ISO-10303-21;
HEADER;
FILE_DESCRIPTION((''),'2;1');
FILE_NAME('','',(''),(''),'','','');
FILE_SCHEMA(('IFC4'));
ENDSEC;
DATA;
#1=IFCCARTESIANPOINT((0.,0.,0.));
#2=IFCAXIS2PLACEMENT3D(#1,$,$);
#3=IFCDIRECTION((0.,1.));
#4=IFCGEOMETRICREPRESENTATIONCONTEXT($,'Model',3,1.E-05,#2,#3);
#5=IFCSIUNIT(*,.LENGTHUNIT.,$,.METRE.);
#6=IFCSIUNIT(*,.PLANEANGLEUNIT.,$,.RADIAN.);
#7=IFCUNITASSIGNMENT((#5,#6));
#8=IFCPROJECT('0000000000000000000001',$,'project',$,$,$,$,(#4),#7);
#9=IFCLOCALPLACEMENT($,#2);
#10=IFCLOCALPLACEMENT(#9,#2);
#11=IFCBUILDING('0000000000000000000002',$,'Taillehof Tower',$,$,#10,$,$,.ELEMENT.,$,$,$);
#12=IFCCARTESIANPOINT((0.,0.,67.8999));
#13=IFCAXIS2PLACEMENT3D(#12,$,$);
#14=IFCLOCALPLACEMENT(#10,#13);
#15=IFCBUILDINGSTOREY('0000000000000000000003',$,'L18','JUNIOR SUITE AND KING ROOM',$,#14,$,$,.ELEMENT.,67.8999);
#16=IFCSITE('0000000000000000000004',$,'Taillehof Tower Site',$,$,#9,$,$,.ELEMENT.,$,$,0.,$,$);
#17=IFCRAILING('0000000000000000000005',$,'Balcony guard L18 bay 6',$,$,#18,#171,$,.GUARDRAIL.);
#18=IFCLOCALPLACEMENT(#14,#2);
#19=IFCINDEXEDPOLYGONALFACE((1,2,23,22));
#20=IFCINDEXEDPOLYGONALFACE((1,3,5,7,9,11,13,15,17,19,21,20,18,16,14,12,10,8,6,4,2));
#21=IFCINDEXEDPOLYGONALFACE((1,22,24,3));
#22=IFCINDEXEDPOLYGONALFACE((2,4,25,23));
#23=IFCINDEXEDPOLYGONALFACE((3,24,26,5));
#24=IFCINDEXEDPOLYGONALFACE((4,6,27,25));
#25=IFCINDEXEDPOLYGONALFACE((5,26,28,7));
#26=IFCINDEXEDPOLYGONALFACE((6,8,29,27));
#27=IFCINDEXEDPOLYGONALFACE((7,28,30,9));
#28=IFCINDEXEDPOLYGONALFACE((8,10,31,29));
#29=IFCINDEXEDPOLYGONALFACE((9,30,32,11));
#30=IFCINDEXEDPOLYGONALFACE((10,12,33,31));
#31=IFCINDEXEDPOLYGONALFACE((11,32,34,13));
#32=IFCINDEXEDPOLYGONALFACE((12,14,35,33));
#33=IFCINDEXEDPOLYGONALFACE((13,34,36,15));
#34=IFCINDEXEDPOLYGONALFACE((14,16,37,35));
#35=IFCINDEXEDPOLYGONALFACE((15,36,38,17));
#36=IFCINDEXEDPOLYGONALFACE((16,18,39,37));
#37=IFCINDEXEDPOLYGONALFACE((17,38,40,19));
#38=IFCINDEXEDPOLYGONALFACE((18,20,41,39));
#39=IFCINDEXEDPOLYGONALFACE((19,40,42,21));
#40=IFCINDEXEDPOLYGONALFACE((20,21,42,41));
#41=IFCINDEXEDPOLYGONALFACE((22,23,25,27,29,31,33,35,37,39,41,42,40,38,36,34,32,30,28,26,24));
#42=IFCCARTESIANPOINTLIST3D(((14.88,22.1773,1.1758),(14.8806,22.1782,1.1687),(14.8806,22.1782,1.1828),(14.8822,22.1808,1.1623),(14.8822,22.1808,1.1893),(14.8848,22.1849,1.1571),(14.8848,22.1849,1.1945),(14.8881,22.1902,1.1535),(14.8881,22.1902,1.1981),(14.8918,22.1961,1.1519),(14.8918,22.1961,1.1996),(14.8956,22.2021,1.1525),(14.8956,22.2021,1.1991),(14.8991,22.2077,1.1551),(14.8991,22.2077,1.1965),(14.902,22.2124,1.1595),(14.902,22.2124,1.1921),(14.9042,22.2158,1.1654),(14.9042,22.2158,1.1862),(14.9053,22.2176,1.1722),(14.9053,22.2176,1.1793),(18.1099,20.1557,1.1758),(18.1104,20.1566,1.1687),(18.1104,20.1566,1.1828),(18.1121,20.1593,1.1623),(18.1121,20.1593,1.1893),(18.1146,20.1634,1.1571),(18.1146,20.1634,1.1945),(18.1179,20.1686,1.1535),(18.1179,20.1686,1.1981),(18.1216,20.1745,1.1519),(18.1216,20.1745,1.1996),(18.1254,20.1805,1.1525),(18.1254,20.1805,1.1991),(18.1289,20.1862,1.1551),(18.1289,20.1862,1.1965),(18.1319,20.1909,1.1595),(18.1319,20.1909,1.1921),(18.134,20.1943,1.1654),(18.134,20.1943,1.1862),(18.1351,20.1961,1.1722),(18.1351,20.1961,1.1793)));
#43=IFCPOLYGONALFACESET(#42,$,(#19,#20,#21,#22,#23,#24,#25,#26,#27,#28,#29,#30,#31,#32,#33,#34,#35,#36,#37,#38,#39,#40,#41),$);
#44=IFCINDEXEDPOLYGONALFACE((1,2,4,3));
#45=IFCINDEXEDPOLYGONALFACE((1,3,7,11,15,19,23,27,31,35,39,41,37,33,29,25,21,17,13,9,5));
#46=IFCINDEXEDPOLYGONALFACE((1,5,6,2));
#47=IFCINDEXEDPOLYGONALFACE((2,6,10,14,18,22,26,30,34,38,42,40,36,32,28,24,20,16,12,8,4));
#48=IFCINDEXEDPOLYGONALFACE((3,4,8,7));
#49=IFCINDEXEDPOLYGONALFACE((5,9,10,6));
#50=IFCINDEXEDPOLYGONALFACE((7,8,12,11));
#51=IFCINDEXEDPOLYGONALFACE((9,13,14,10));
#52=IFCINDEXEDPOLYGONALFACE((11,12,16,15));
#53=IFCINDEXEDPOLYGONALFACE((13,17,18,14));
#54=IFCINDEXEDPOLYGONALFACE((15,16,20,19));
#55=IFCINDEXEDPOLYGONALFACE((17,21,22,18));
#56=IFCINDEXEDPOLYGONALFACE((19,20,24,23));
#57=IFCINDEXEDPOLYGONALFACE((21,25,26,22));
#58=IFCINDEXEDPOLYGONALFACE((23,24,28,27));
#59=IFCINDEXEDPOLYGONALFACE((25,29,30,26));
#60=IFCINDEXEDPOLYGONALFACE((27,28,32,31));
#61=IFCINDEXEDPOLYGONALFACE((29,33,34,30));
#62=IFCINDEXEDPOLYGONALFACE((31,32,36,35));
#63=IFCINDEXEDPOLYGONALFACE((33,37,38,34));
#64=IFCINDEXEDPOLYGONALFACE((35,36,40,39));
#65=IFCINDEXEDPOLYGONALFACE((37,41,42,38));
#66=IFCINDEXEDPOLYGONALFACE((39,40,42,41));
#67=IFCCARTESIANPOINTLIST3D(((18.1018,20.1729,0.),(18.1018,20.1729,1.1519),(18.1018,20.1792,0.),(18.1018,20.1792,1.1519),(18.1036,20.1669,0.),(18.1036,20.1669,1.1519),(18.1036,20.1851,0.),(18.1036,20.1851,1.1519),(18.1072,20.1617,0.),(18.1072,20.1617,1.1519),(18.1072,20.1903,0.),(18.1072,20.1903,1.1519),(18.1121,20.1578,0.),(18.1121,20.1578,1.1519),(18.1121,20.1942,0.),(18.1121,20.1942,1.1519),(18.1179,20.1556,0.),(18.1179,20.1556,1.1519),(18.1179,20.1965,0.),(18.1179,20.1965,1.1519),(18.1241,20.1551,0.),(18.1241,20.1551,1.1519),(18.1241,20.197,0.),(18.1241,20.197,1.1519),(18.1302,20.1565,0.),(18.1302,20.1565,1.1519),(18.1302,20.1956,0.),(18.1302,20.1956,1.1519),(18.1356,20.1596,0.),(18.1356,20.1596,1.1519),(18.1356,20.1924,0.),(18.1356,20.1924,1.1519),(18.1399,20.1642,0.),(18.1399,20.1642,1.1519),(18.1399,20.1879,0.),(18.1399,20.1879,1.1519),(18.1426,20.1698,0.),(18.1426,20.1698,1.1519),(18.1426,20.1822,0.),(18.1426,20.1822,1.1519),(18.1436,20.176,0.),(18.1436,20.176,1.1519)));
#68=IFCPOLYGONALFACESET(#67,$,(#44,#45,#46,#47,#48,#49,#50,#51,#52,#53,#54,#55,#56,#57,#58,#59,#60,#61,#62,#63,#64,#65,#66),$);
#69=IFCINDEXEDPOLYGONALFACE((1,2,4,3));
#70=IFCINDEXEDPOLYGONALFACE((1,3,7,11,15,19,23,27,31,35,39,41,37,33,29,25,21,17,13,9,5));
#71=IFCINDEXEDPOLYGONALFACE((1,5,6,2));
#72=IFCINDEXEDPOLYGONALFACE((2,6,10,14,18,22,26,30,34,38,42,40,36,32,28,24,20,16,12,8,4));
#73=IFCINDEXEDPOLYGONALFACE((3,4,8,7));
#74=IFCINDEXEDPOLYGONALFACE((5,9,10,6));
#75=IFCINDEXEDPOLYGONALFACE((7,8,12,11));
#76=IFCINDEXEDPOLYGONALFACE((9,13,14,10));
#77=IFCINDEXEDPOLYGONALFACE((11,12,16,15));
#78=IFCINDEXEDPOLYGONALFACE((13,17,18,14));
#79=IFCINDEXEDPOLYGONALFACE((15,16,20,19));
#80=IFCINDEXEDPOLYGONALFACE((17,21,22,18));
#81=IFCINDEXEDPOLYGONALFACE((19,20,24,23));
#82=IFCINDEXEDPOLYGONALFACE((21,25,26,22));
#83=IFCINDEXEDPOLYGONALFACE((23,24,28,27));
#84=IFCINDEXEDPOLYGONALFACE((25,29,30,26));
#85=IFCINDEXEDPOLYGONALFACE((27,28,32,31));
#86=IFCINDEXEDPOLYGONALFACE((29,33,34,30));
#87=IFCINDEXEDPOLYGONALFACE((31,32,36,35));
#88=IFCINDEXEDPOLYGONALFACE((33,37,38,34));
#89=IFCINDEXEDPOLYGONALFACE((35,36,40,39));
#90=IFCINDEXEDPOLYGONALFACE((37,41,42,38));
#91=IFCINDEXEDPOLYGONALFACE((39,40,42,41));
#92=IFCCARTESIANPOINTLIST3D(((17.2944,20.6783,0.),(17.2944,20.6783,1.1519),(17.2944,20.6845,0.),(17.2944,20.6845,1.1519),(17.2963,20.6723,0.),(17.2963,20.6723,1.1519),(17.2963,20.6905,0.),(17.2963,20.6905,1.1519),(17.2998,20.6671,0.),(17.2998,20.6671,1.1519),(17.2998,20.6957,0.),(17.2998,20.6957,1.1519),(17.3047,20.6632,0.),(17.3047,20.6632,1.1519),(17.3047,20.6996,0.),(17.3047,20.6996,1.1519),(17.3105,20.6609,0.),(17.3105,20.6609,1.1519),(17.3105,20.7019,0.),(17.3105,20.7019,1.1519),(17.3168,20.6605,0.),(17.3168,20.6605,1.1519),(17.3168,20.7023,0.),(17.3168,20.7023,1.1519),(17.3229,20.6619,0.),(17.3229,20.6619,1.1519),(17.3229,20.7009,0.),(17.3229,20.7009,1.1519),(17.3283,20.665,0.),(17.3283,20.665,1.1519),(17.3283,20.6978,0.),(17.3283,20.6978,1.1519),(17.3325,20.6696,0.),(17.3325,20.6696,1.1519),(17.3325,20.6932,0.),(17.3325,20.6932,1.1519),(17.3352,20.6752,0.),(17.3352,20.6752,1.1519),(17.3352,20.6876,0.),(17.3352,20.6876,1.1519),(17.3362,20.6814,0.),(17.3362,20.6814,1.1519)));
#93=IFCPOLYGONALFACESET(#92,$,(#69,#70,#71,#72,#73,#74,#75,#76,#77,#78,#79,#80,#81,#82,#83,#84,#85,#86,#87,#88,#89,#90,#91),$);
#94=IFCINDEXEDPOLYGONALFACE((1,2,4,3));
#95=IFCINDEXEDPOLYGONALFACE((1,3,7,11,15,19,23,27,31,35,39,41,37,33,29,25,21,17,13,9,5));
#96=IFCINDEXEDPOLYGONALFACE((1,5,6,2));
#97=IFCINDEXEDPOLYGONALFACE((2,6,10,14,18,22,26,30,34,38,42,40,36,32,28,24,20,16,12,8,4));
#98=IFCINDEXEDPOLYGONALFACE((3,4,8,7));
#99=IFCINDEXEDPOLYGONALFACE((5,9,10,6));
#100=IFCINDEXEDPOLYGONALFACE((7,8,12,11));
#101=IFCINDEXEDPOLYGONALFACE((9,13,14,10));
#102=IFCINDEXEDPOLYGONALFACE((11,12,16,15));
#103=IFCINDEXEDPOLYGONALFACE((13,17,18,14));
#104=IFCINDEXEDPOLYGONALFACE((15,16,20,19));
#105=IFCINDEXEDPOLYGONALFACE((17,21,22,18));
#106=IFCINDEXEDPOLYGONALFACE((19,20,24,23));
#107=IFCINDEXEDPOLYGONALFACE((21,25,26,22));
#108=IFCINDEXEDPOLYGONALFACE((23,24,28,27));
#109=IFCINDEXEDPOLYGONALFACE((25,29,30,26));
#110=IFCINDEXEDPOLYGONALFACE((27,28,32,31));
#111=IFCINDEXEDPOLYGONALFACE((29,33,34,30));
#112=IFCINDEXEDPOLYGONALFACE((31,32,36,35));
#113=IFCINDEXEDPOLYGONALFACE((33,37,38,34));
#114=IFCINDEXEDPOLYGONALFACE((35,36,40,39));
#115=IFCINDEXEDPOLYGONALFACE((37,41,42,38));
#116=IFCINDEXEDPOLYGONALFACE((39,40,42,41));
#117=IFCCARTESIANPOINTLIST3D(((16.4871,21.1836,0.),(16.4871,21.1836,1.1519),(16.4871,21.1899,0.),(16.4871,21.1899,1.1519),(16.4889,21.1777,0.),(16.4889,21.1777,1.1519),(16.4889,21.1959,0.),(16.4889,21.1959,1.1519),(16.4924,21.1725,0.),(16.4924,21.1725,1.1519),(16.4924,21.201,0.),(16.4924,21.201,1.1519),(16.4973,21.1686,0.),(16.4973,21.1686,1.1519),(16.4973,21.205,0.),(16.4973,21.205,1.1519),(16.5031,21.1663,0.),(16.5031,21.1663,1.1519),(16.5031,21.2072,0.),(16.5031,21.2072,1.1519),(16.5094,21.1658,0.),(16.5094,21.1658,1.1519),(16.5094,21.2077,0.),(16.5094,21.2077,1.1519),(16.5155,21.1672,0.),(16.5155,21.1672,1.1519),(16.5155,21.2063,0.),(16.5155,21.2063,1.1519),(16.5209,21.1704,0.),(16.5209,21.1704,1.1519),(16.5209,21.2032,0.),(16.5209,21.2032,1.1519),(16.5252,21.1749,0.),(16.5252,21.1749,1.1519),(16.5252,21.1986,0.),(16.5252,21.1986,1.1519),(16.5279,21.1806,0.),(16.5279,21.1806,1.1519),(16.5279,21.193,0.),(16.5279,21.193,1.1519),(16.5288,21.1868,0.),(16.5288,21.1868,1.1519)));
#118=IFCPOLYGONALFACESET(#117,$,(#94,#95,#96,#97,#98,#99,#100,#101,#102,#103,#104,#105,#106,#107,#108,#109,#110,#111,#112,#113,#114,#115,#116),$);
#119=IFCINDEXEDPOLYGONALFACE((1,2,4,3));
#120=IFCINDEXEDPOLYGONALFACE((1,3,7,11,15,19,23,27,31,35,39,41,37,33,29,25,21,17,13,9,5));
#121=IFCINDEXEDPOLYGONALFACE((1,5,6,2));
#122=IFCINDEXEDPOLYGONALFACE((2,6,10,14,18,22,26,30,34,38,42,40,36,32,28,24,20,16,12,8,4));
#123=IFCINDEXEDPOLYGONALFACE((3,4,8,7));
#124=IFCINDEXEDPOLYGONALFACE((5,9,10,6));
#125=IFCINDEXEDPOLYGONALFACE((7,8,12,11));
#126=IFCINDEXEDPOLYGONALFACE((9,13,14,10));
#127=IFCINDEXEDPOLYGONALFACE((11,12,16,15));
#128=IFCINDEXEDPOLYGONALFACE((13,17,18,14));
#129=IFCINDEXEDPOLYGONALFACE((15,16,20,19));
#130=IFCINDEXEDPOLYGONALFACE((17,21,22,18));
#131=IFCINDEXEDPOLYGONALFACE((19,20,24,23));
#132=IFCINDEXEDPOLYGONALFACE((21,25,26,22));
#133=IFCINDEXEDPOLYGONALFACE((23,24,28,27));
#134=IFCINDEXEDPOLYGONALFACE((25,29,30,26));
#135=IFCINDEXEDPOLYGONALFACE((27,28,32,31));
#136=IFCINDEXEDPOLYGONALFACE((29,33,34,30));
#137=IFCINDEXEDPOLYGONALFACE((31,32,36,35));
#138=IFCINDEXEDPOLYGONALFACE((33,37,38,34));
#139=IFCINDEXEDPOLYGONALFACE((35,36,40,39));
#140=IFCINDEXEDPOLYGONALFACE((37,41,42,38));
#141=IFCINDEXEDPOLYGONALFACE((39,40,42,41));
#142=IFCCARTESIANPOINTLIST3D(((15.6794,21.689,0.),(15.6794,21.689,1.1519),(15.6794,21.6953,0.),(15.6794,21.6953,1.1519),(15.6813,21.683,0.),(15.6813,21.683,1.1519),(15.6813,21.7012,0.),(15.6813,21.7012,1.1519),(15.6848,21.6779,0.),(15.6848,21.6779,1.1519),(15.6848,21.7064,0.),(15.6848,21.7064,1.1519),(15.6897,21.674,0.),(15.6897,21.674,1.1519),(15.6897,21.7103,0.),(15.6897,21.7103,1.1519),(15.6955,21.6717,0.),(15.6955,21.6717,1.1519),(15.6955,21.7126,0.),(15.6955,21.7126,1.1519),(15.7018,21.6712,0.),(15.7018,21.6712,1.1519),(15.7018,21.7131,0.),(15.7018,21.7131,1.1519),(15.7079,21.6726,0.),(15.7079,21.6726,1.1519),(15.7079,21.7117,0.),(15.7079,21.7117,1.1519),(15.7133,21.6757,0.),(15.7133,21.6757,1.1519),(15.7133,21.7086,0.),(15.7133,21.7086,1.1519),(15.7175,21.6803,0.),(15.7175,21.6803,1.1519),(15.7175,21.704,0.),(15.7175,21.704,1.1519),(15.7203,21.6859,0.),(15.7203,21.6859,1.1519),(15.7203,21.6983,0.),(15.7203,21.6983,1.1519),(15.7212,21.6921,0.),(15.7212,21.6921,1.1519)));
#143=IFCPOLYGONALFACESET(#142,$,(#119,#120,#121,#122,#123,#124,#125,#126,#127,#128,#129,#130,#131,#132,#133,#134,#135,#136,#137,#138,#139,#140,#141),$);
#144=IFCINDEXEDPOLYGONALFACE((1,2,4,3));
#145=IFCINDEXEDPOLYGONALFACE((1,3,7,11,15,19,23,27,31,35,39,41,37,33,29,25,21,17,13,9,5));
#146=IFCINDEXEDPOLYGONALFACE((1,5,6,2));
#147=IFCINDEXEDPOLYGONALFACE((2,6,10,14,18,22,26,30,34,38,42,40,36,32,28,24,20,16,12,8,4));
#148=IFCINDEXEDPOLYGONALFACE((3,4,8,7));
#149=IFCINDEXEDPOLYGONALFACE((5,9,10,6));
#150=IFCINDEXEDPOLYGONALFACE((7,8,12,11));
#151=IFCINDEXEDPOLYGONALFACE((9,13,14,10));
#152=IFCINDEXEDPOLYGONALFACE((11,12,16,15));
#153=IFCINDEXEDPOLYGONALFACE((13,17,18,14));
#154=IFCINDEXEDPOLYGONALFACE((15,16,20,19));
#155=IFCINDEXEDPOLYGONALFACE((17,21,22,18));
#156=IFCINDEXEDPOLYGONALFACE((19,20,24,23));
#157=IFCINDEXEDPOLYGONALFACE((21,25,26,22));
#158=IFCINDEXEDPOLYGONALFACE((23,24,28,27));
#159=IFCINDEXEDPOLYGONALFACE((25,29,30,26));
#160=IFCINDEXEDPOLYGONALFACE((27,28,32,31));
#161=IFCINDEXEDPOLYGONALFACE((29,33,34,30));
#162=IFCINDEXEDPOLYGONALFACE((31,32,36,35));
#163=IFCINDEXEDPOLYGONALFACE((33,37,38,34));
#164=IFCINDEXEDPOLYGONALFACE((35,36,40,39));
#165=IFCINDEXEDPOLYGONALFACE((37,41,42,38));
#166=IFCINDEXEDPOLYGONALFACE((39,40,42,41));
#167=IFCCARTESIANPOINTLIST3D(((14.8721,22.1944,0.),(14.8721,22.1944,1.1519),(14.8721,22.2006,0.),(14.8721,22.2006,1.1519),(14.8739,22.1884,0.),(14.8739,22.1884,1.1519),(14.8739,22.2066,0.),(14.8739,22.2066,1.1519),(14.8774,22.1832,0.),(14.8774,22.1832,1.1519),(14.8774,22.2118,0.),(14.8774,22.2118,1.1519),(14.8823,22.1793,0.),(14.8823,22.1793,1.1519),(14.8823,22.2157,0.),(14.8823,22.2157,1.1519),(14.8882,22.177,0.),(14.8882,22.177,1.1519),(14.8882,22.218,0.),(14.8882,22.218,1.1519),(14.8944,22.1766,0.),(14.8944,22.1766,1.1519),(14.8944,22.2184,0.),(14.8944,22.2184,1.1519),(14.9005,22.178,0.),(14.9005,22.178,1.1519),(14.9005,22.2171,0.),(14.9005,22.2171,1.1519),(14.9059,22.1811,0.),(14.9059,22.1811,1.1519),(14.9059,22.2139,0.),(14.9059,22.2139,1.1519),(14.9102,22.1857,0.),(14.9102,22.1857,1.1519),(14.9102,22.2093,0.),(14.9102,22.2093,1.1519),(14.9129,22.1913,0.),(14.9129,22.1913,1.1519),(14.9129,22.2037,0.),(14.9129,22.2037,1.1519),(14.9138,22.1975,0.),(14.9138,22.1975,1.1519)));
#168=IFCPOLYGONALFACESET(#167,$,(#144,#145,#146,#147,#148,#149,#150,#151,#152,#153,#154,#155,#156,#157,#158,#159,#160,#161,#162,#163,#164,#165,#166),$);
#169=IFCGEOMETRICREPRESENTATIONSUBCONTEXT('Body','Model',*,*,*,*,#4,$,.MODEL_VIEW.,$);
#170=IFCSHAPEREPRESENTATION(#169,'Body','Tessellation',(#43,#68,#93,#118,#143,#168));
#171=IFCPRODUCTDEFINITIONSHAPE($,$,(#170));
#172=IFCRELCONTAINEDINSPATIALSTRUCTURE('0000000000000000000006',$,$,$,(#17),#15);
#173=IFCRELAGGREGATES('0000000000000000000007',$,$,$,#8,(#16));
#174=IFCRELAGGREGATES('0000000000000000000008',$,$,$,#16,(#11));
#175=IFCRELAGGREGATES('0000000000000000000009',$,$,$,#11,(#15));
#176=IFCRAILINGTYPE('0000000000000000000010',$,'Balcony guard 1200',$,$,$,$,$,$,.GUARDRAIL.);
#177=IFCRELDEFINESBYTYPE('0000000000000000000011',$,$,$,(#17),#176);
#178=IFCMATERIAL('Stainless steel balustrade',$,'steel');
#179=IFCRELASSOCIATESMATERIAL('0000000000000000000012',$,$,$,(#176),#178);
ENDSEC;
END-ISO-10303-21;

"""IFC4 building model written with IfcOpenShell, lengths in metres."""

from ifc_helpers import new_model, si_unit, direction, frame, origin, origin_2d, place, context, subcontext, project, spatial, circle, extrude, material, type_object, element, save


model = new_model("IFC4")

# Units and contexts
model_context = context("Model", 3, precision=1e-05, world=origin(), true_north=direction((0.0, 1.0)))
body_context = subcontext(model_context, "Body", "Model", "MODEL_VIEW")
ifc_project = project(units=[si_unit("LENGTHUNIT", "METRE"), si_unit("PLANEANGLEUNIT", "RADIAN")], contexts=[model_context])

# Site, building, storey
site_placement = place(None, origin())
site = spatial("IfcSite", under=ifc_project, at=site_placement, Name="Taillehof Tower Site", CompositionType="ELEMENT", RefElevation=0.0)
building_placement = place(site_placement, origin())
building = spatial("IfcBuilding", under=site, at=building_placement, Name="Taillehof Tower", CompositionType="ELEMENT")
storey_placement = place(building_placement, frame((0.0, 0.0, 67.8999)))
storey = spatial("IfcBuildingStorey", under=building, at=storey_placement, Name="L18", Description="JUNIOR SUITE AND KING ROOM", CompositionType="ELEMENT", Elevation=67.8999)

# Railing
ifc_material_1 = material(Name="Stainless steel balustrade", Category="steel")
railing_type = type_object("IfcRailingType", Name="Balcony guard 1200", PredefinedType="GUARDRAIL", material=ifc_material_1)
railing_1_placement = place(storey_placement, frame((18.1226, 20.176, 0.0)))
element("IfcRailing", 1, at=railing_1_placement, inside=storey, type_object=railing_type, Name="Balcony guard L18 bay 6", PredefinedType="GUARDRAIL", context=body_context, shape_type="SweptSolid", body=[
    extrude(circle(Radius=0.0239, at=origin_2d()), frame((0.0, 0.0, 1.1758), z_axis=(-0.847656, 0.530546, 0.0), x_axis=(-0.530546, -0.847656, 0.0)), (0.0, 0.0, 1.0), 3.8103),
    extrude(circle(Radius=0.021, at=origin_2d()), origin(), (0.0, 0.0, 1.0), 1.1519),
    extrude(circle(Radius=0.021, at=origin_2d()), frame((-0.8074, 0.5054, 0.0)), (0.0, 0.0, 1.0), 1.1519),
    extrude(circle(Radius=0.021, at=origin_2d()), frame((-1.6147, 1.0107, 0.0)), (0.0, 0.0, 1.0), 1.1519),
    extrude(circle(Radius=0.021, at=origin_2d()), frame((-2.4224, 1.5161, 0.0)), (0.0, 0.0, 1.0), 1.1519),
    extrude(circle(Radius=0.021, at=origin_2d()), frame((-3.2297, 2.0215, 0.0)), (0.0, 0.0, 1.0), 1.1519),
])

save(model, "model.ifc")
